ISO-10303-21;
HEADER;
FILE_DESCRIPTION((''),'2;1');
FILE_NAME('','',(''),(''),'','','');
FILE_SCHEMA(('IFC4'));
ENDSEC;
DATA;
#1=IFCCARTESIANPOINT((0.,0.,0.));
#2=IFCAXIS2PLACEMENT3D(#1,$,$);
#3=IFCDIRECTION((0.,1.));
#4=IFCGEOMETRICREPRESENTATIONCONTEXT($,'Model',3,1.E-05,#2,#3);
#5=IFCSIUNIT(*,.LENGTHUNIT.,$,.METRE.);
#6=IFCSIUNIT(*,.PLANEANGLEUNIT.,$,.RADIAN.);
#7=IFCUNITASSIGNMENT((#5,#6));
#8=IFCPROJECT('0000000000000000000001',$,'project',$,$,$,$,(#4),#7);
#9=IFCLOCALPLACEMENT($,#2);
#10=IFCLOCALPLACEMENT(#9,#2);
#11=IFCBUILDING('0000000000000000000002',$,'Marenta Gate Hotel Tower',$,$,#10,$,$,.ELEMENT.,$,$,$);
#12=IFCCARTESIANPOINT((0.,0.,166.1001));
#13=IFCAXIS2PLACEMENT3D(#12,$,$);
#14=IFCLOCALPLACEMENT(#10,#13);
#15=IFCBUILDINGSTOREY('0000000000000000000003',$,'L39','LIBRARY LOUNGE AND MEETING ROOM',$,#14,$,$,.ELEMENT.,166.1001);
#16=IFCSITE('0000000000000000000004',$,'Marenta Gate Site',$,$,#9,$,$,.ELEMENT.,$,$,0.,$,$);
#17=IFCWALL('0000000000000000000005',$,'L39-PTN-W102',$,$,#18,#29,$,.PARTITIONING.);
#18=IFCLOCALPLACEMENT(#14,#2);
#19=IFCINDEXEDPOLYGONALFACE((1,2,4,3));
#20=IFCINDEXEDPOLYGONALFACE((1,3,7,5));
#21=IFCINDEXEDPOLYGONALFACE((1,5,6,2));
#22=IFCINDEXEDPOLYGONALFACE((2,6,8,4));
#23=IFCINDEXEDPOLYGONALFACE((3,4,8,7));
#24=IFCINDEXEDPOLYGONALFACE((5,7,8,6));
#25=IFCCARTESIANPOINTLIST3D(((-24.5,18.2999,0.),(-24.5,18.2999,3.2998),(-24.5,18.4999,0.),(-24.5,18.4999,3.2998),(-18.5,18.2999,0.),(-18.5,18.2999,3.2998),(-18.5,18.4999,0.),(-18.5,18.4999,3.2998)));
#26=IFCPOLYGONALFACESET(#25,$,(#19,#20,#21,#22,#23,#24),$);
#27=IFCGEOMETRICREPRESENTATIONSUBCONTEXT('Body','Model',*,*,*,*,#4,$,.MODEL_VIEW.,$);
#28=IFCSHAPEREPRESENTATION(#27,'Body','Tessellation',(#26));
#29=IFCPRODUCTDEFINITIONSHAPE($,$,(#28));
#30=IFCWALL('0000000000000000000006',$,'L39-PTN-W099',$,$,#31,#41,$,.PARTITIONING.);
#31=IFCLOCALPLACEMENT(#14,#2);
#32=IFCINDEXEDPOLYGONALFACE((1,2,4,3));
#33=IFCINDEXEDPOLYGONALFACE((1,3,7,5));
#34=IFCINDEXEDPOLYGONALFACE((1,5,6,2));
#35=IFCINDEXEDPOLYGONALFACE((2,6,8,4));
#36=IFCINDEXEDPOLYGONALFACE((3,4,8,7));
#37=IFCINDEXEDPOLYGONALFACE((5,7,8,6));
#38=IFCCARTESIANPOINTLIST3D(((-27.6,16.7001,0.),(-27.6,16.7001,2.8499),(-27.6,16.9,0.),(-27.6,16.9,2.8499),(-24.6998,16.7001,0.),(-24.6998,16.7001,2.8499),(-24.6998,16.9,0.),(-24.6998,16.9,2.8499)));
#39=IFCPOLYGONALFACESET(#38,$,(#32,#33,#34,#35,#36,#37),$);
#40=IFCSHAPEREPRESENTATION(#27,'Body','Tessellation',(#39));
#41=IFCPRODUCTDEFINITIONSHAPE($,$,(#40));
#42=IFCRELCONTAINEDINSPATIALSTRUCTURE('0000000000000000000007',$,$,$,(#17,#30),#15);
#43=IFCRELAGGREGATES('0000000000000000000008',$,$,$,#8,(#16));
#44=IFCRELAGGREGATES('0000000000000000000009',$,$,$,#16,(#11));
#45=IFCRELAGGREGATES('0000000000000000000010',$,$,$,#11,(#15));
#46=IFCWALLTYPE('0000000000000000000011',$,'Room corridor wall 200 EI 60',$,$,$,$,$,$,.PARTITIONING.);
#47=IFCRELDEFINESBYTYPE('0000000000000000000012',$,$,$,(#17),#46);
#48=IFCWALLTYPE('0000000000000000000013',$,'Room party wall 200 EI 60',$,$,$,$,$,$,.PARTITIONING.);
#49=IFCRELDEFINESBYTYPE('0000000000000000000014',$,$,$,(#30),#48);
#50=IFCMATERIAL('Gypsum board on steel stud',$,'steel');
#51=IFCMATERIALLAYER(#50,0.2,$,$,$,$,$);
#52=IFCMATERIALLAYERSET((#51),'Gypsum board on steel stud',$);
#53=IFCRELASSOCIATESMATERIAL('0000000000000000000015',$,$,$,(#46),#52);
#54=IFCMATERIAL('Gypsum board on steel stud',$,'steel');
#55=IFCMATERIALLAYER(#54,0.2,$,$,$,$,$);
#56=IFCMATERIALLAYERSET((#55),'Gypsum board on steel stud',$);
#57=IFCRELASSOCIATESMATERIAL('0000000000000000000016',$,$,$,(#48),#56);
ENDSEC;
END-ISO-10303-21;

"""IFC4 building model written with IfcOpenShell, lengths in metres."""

from ifc_helpers import new_model, si_unit, direction, frame, frame_2d, origin, place, context, subcontext, project, spatial, rectangle, extrude, material, layer, layer_set, type_object, element, save


model = new_model("IFC4")

# Units and contexts
model_context = context("Model", 3, precision=1e-05, world=origin(), true_north=direction((0.0, 1.0)))
body_context = subcontext(model_context, "Body", "Model", "MODEL_VIEW")
ifc_project = project(units=[si_unit("LENGTHUNIT", "METRE"), si_unit("PLANEANGLEUNIT", "RADIAN")], contexts=[model_context])

# Site, building, storey
site_placement = place(None, origin())
site = spatial("IfcSite", under=ifc_project, at=site_placement, Name="Marenta Gate Site", CompositionType="ELEMENT", RefElevation=0.0)
building_placement = place(site_placement, origin())
building = spatial("IfcBuilding", under=site, at=building_placement, Name="Marenta Gate Hotel Tower", CompositionType="ELEMENT")
storey_placement = place(building_placement, frame((0.0, 0.0, 166.1001)))
storey = spatial("IfcBuildingStorey", under=building, at=storey_placement, Name="L39", Description="LIBRARY LOUNGE AND MEETING ROOM", CompositionType="ELEMENT", Elevation=166.1001)

# Walls
ifc_material_1 = material(Name="Gypsum board on steel stud", Category="steel")
ifc_layer_1 = layer(ifc_material_1, 0.2)
ifc_layer_set_1 = layer_set([ifc_layer_1], Name="Gypsum board on steel stud")
wall_type_1 = type_object("IfcWallType", Name="Room corridor wall 200 EI 60", PredefinedType="PARTITIONING", material=ifc_layer_set_1)
wall_1_placement = place(storey_placement, frame((-24.5, 18.3999, 0.0), z_axis=(0.0, 0.0, 1.0), x_axis=(1.0, 0.0, 0.0)))
element("IfcWall", 1, at=wall_1_placement, inside=storey, type_object=wall_type_1, Name="L39-PTN-W102", PredefinedType="PARTITIONING", context=body_context, shape_type="SweptSolid", body=[
    extrude(rectangle(XDim=6.0, YDim=0.2, at=frame_2d((3.0, 0.0))), origin(), (0.0, 0.0, 1.0), 3.2998),
])
ifc_material_2 = material(Name="Gypsum board on steel stud", Category="steel")
ifc_layer_2 = layer(ifc_material_2, 0.2)
ifc_layer_set_2 = layer_set([ifc_layer_2], Name="Gypsum board on steel stud")
wall_type_2 = type_object("IfcWallType", Name="Room party wall 200 EI 60", PredefinedType="PARTITIONING", material=ifc_layer_set_2)
wall_2_placement = place(storey_placement, frame((-27.6001, 16.8, 0.0), z_axis=(0.0, 0.0, 1.0), x_axis=(1.0, 0.0, 0.0)))
element("IfcWall", 2, at=wall_2_placement, inside=storey, type_object=wall_type_2, Name="L39-PTN-W099", PredefinedType="PARTITIONING", context=body_context, shape_type="SweptSolid", body=[
    extrude(rectangle(XDim=2.9001, YDim=0.2, at=frame_2d((1.4502, 0.0))), origin(), (0.0, 0.0, 1.0), 2.8499),
])

save(model, "model.ifc")
